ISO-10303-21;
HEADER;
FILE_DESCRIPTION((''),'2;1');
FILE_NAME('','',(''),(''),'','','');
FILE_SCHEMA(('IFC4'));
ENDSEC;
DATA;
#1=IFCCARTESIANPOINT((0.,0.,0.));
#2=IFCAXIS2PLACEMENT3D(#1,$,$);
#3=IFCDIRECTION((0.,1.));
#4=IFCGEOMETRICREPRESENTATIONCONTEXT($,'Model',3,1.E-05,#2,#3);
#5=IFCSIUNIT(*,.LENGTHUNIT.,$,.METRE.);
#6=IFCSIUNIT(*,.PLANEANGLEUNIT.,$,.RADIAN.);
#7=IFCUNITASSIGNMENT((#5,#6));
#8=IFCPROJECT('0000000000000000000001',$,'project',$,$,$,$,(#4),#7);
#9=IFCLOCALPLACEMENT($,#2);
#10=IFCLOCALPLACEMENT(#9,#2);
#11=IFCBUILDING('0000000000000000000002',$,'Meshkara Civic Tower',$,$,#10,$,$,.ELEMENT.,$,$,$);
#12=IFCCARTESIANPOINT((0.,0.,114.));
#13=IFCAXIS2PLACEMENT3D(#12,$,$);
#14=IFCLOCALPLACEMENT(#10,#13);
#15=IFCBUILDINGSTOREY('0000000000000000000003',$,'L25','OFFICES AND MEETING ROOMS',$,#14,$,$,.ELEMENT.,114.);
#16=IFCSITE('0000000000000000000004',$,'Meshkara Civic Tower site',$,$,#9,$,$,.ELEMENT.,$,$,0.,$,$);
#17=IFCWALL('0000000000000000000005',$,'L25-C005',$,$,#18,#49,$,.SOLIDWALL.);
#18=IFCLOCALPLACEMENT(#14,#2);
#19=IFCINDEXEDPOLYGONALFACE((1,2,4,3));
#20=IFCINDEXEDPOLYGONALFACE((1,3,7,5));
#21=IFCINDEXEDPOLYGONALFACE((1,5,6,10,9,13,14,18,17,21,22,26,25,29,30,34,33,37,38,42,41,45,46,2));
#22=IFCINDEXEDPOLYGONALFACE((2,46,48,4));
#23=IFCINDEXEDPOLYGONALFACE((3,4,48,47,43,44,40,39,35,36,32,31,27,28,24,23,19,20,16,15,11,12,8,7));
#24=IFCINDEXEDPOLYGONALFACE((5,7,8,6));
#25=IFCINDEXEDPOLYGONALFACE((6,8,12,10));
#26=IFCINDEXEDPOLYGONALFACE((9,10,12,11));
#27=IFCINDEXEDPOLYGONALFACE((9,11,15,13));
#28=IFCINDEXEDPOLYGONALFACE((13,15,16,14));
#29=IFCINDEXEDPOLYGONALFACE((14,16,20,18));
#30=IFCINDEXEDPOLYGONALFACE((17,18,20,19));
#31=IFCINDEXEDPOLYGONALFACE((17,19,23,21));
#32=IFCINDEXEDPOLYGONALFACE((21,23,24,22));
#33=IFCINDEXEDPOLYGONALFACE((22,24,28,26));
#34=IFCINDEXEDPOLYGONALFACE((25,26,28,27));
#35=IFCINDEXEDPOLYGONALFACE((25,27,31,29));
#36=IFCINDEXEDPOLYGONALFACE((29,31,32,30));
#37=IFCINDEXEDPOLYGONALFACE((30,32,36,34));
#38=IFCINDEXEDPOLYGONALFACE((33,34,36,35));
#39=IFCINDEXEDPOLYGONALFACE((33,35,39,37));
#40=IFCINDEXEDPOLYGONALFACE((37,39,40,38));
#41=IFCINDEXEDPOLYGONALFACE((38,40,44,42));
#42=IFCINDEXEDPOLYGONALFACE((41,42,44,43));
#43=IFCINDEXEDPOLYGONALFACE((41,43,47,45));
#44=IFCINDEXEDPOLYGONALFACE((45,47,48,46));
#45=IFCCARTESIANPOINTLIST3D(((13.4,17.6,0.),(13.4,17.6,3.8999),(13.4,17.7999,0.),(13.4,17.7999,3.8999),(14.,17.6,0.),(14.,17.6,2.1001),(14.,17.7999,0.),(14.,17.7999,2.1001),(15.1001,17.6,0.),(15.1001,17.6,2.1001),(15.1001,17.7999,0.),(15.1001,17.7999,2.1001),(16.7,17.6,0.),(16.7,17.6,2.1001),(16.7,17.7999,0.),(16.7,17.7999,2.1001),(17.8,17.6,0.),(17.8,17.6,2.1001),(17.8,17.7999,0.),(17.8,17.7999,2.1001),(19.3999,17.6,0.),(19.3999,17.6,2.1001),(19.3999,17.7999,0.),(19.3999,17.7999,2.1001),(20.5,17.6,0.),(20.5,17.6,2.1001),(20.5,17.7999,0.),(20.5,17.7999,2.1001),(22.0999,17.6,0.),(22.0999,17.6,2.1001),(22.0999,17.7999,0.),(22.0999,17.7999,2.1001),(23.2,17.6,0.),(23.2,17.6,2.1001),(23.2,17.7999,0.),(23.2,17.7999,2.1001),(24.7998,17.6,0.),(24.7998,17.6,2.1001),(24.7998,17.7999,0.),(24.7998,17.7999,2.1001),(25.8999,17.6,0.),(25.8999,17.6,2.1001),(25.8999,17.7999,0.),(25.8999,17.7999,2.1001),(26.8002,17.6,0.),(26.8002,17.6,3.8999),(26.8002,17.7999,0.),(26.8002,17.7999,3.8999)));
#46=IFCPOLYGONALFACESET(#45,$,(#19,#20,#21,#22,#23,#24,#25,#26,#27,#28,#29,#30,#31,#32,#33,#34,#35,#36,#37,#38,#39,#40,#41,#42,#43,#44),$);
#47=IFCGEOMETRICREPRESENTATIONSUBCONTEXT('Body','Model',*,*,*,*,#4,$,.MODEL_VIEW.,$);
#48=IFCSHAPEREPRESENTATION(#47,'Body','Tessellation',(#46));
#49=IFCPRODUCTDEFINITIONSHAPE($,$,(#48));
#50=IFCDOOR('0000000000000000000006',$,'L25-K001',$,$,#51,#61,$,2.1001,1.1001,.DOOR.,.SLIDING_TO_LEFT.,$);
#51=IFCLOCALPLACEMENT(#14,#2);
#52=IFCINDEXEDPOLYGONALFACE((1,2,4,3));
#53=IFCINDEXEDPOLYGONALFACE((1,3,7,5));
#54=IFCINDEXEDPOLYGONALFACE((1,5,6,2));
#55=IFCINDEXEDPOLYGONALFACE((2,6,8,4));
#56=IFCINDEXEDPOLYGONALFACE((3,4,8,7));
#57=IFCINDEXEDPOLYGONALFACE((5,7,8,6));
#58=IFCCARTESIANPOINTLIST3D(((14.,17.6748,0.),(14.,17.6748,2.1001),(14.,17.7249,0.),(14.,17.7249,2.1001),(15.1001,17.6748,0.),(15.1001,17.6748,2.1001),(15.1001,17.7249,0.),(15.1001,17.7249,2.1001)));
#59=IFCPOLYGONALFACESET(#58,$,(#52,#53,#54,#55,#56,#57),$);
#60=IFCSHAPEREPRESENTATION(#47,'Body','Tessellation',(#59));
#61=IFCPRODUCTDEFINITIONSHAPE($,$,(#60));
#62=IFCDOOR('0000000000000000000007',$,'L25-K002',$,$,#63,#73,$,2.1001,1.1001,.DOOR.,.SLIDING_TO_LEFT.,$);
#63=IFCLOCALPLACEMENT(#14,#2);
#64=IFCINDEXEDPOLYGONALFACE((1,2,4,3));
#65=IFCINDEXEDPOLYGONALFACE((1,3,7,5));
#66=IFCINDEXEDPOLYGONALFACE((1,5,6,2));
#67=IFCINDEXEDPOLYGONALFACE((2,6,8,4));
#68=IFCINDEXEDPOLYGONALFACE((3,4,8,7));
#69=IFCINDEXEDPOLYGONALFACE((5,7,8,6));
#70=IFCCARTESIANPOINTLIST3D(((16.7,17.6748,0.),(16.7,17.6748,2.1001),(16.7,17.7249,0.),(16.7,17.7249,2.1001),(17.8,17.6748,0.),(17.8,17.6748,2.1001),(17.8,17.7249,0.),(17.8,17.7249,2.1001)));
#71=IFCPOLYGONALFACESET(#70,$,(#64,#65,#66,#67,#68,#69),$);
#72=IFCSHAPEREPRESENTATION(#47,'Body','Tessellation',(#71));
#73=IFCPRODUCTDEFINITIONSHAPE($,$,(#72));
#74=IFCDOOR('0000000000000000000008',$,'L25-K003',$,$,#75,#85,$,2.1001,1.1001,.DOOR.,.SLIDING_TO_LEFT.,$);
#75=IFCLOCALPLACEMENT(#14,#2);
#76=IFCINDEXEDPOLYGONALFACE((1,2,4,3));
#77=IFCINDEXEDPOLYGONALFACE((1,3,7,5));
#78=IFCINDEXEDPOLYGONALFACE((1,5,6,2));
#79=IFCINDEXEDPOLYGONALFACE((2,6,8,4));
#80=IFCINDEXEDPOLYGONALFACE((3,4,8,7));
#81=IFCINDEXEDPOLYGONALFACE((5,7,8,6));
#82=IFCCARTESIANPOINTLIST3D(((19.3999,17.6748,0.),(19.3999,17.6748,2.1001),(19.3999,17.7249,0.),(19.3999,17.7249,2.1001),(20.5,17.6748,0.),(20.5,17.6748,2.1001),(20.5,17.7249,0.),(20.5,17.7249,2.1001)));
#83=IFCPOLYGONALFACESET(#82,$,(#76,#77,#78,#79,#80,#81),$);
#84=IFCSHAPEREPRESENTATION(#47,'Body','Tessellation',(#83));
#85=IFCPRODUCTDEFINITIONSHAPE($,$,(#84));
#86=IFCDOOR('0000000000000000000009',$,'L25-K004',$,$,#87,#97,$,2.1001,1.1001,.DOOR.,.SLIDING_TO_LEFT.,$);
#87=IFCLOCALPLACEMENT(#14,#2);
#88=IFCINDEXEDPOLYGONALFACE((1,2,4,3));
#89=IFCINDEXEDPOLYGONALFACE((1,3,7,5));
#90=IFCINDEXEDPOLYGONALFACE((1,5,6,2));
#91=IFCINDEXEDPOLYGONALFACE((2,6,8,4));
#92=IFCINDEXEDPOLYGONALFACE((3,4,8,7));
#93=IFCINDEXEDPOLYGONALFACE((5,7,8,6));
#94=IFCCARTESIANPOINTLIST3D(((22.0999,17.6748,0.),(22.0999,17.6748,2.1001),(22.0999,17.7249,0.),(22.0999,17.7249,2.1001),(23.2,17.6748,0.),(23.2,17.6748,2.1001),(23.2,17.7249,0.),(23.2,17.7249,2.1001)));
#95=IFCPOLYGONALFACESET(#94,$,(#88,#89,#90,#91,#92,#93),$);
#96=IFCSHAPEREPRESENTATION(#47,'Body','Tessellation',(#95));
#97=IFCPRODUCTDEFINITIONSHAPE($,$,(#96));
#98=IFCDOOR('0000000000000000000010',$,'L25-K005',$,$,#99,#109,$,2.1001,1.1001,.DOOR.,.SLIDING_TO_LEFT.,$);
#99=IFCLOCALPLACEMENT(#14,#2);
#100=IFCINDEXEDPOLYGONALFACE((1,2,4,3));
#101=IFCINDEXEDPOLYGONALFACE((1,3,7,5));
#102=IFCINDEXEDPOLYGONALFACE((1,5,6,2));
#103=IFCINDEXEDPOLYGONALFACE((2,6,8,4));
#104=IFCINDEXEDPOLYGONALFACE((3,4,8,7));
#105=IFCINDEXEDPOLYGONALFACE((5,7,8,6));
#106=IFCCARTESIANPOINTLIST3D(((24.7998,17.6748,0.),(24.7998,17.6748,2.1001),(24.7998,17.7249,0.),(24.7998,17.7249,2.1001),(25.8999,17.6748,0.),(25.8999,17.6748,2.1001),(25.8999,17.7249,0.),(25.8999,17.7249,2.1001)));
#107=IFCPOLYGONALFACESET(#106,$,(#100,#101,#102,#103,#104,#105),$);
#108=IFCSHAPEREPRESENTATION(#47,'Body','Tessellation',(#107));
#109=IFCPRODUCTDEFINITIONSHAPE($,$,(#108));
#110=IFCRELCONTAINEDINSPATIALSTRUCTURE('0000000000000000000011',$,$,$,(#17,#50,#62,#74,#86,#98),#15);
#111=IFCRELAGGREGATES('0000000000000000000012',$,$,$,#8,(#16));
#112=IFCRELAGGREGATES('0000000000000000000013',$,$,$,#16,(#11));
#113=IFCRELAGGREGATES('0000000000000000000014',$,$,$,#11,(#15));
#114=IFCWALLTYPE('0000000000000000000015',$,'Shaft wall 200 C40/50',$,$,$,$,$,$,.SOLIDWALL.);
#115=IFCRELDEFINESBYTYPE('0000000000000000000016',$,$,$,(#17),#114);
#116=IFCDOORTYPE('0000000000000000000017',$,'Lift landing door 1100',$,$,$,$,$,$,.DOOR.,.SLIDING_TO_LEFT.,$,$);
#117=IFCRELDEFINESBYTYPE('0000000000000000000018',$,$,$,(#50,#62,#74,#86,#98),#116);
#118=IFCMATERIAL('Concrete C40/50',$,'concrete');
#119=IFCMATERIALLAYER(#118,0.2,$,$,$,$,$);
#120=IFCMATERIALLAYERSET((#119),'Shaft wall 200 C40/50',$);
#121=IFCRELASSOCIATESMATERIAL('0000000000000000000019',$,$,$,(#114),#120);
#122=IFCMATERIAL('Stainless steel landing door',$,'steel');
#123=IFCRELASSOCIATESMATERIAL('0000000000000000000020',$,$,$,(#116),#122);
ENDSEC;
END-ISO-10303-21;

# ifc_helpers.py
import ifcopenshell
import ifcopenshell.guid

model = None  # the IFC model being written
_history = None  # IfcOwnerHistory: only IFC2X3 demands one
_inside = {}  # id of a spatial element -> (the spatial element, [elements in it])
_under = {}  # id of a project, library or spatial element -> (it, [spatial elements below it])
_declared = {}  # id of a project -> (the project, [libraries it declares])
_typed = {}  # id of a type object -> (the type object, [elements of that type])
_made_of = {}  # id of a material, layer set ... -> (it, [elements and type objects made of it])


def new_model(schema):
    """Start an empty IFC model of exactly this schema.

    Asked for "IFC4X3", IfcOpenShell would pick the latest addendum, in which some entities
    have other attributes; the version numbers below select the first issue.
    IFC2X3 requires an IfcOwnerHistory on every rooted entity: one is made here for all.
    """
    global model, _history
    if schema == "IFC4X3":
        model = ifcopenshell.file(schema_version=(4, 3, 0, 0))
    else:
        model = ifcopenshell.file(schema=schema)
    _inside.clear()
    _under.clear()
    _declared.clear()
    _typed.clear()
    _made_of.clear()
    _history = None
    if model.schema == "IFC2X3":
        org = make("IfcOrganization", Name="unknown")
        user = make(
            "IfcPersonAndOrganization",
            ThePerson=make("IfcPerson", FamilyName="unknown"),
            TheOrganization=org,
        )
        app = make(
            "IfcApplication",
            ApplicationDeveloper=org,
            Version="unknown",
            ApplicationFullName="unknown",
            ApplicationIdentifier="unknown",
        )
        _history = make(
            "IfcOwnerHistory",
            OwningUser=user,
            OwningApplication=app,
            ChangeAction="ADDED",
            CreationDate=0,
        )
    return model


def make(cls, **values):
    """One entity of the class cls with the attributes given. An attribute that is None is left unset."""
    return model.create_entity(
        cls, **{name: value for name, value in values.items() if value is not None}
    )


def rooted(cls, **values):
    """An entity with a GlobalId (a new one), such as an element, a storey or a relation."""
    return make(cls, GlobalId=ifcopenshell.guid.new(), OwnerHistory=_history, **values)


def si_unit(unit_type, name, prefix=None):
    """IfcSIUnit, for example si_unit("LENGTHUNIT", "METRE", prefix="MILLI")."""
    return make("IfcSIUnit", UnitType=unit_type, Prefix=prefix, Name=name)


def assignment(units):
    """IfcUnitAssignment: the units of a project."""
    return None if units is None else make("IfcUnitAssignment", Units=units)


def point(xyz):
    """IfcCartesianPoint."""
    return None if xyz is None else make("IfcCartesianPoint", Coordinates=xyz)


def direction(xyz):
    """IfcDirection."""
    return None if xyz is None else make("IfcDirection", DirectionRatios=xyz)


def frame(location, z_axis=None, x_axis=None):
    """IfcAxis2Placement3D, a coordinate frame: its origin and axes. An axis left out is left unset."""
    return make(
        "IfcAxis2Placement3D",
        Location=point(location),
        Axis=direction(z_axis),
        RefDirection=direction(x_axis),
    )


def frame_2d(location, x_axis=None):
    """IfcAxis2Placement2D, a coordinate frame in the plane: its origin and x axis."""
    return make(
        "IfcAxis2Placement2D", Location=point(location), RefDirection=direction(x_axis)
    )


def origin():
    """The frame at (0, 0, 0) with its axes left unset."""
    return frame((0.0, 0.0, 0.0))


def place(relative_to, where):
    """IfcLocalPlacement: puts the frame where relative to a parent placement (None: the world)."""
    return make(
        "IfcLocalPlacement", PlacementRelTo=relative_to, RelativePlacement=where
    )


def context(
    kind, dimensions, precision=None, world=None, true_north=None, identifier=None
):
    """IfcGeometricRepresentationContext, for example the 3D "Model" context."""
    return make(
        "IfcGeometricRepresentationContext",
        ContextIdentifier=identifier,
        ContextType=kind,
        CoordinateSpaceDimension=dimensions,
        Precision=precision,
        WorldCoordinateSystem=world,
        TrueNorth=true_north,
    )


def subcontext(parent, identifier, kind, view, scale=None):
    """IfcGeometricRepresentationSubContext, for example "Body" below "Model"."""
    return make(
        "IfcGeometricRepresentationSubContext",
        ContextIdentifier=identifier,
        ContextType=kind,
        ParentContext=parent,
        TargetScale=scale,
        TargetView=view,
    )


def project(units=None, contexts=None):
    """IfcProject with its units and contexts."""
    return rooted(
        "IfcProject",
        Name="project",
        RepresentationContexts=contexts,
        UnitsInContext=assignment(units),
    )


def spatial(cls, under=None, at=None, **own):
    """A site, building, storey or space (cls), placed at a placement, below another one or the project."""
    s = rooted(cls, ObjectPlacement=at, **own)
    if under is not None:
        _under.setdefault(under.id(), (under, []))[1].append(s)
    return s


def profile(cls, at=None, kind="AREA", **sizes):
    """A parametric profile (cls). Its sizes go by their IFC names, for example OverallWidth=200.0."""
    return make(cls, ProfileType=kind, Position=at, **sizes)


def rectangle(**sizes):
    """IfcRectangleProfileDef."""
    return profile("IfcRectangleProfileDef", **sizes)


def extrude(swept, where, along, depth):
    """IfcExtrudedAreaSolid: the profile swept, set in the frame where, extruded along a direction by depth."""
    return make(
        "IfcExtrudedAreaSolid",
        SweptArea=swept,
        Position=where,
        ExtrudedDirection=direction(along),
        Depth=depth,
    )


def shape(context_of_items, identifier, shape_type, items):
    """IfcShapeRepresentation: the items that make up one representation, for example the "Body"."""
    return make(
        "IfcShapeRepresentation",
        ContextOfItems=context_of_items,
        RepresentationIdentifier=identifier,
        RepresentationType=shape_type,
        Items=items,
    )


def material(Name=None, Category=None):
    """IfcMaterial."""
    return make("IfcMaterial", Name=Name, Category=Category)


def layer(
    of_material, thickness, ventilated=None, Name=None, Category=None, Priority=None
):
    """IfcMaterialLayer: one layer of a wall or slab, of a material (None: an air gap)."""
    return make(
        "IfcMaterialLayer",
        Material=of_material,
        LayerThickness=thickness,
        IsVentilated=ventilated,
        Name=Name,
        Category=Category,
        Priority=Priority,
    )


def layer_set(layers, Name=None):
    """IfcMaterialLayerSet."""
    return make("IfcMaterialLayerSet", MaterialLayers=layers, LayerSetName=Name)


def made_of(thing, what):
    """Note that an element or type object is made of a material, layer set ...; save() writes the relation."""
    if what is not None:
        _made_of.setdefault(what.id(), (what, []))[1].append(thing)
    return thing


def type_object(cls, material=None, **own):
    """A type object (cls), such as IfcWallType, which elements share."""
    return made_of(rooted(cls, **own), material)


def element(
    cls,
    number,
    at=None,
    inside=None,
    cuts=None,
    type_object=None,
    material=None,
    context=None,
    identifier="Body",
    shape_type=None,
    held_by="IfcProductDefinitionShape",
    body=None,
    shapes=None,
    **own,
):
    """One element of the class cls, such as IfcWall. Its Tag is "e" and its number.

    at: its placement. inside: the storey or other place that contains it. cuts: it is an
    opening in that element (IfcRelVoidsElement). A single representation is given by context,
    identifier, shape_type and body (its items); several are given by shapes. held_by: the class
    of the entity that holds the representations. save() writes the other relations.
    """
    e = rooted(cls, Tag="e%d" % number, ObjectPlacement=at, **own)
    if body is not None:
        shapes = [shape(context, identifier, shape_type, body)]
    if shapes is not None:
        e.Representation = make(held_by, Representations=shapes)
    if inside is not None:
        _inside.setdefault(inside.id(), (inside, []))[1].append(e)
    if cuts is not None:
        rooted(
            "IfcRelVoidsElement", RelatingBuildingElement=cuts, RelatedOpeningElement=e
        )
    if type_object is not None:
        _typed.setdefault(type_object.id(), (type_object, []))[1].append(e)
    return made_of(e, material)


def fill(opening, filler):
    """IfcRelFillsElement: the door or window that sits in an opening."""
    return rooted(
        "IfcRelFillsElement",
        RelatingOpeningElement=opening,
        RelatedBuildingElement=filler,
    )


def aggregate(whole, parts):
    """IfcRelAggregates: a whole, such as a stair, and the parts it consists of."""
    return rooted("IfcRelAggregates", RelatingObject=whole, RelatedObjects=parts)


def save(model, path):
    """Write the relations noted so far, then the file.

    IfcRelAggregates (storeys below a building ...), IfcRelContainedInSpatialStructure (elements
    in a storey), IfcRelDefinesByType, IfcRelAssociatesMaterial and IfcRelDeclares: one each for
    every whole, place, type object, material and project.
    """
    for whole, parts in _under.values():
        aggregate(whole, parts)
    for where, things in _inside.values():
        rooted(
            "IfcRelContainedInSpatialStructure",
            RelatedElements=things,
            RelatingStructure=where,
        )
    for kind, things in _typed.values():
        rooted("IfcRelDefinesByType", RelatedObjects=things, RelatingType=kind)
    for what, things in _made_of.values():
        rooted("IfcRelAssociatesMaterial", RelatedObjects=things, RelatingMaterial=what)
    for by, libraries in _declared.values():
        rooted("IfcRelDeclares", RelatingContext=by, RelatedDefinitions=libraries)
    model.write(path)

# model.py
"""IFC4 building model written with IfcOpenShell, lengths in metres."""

from ifc_helpers import new_model, si_unit, direction, frame, frame_2d, origin, place, context, subcontext, project, spatial, rectangle, extrude, material, layer, layer_set, type_object, element, fill, save


model = new_model("IFC4")

# Units and contexts
model_context = context("Model", 3, precision=1e-05, world=origin(), true_north=direction((0.0, 1.0)))
body_context = subcontext(model_context, "Body", "Model", "MODEL_VIEW")
ifc_project = project(units=[si_unit("LENGTHUNIT", "METRE"), si_unit("PLANEANGLEUNIT", "RADIAN")], contexts=[model_context])

# Site, building, storey
site_placement = place(None, origin())
site = spatial("IfcSite", under=ifc_project, at=site_placement, Name="Meshkara Civic Tower site", CompositionType="ELEMENT", RefElevation=0.0)
building_placement = place(site_placement, origin())
building = spatial("IfcBuilding", under=site, at=building_placement, Name="Meshkara Civic Tower", CompositionType="ELEMENT")
storey_placement = place(building_placement, frame((0.0, 0.0, 114.0)))
storey = spatial("IfcBuildingStorey", under=building, at=storey_placement, Name="L25", Description="OFFICES AND MEETING ROOMS", CompositionType="ELEMENT", Elevation=114.0)

# Wall, openings, doors
ifc_material_1 = material(Name="Concrete C40/50", Category="concrete")
ifc_layer_1 = layer(ifc_material_1, 0.2)
ifc_layer_set_1 = layer_set([ifc_layer_1], Name="Shaft wall 200 C40/50")
wall_type_1 = type_object("IfcWallType", Name="Shaft wall 200 C40/50", PredefinedType="SOLIDWALL", material=ifc_layer_set_1)
wall_1_placement = place(storey_placement, frame((13.3999, 17.7, 0.0), z_axis=(0.0, 0.0, 1.0), x_axis=(1.0, 0.0, 0.0)))
wall_1 = element("IfcWall", 1, at=wall_1_placement, inside=storey, type_object=wall_type_1, Name="L25-C005", PredefinedType="SOLIDWALL", context=body_context, shape_type="SweptSolid", body=[
    extrude(rectangle(XDim=13.4001, YDim=0.2, at=frame_2d((6.7002, 0.0))), origin(), (0.0, 0.0, 1.0), 3.8999),
])
opening_1_placement = place(wall_1_placement, frame((0.6001, 0.0, 0.0)))
opening_1 = element("IfcOpeningElement", 2, at=opening_1_placement, cuts=wall_1, PredefinedType="OPENING", context=body_context, shape_type="SweptSolid", body=[
    extrude(rectangle(XDim=1.1001, YDim=2.1001, at=frame_2d((0.55, 1.05))), frame((0.0, 0.1099, 0.0), z_axis=(0.0, -1.0, 0.0), x_axis=(1.0, 0.0, 0.0)), (0.0, 0.0, 1.0), 0.22),
])
opening_2_placement = place(wall_1_placement, frame((3.3, 0.0, 0.0)))
opening_2 = element("IfcOpeningElement", 3, at=opening_2_placement, cuts=wall_1, PredefinedType="OPENING", context=body_context, shape_type="SweptSolid", body=[
    extrude(rectangle(XDim=1.1001, YDim=2.1001, at=frame_2d((0.55, 1.05))), frame((0.0, 0.1099, 0.0), z_axis=(0.0, -1.0, 0.0), x_axis=(1.0, 0.0, 0.0)), (0.0, 0.0, 1.0), 0.22),
])
opening_3_placement = place(wall_1_placement, frame((6.0, 0.0, 0.0)))
opening_3 = element("IfcOpeningElement", 4, at=opening_3_placement, cuts=wall_1, PredefinedType="OPENING", context=body_context, shape_type="SweptSolid", body=[
    extrude(rectangle(XDim=1.1001, YDim=2.1001, at=frame_2d((0.55, 1.05))), frame((0.0, 0.1099, 0.0), z_axis=(0.0, -1.0, 0.0), x_axis=(1.0, 0.0, 0.0)), (0.0, 0.0, 1.0), 0.22),
])
opening_4_placement = place(wall_1_placement, frame((8.7, 0.0, 0.0)))
opening_4 = element("IfcOpeningElement", 5, at=opening_4_placement, cuts=wall_1, PredefinedType="OPENING", context=body_context, shape_type="SweptSolid", body=[
    extrude(rectangle(XDim=1.1001, YDim=2.1001, at=frame_2d((0.55, 1.05))), frame((0.0, 0.1099, 0.0), z_axis=(0.0, -1.0, 0.0), x_axis=(1.0, 0.0, 0.0)), (0.0, 0.0, 1.0), 0.22),
])
opening_5_placement = place(wall_1_placement, frame((11.3999, 0.0, 0.0)))
opening_5 = element("IfcOpeningElement", 6, at=opening_5_placement, cuts=wall_1, PredefinedType="OPENING", context=body_context, shape_type="SweptSolid", body=[
    extrude(rectangle(XDim=1.1001, YDim=2.1001, at=frame_2d((0.55, 1.05))), frame((0.0, 0.1099, 0.0), z_axis=(0.0, -1.0, 0.0), x_axis=(1.0, 0.0, 0.0)), (0.0, 0.0, 1.0), 0.22),
])
ifc_material_2 = material(Name="Stainless steel landing door", Category="steel")
door_type_1 = type_object("IfcDoorType", Name="Lift landing door 1100", OperationType="SLIDING_TO_LEFT", PredefinedType="DOOR", material=ifc_material_2)
door_1_placement = place(opening_1_placement, origin())
door_1 = element("IfcDoor", 7, at=door_1_placement, inside=storey, type_object=door_type_1, Name="L25-K001", OperationType="SLIDING_TO_LEFT", OverallHeight=2.1001, OverallWidth=1.1001, PredefinedType="DOOR", context=body_context, shape_type="SweptSolid", body=[
    extrude(rectangle(XDim=1.1001, YDim=2.1001, at=frame_2d((0.55, 1.05))), frame((0.0, 0.0249, 0.0), z_axis=(0.0, -1.0, 0.0), x_axis=(1.0, 0.0, 0.0)), (0.0, 0.0, 1.0), 0.05),
])
fill(opening_1, door_1)
door_2_placement = place(opening_2_placement, origin())
door_2 = element("IfcDoor", 8, at=door_2_placement, inside=storey, type_object=door_type_1, Name="L25-K002", OperationType="SLIDING_TO_LEFT", OverallHeight=2.1001, OverallWidth=1.1001, PredefinedType="DOOR", context=body_context, shape_type="SweptSolid", body=[
    extrude(rectangle(XDim=1.1001, YDim=2.1001, at=frame_2d((0.55, 1.05))), frame((0.0, 0.0249, 0.0), z_axis=(0.0, -1.0, 0.0), x_axis=(1.0, 0.0, 0.0)), (0.0, 0.0, 1.0), 0.05),
])
fill(opening_2, door_2)
door_3_placement = place(opening_3_placement, origin())
door_3 = element("IfcDoor", 9, at=door_3_placement, inside=storey, type_object=door_type_1, Name="L25-K003", OperationType="SLIDING_TO_LEFT", OverallHeight=2.1001, OverallWidth=1.1001, PredefinedType="DOOR", context=body_context, shape_type="SweptSolid", body=[
    extrude(rectangle(XDim=1.1001, YDim=2.1001, at=frame_2d((0.55, 1.05))), frame((0.0, 0.0249, 0.0), z_axis=(0.0, -1.0, 0.0), x_axis=(1.0, 0.0, 0.0)), (0.0, 0.0, 1.0), 0.05),
])
fill(opening_3, door_3)
door_4_placement = place(opening_4_placement, origin())
door_4 = element("IfcDoor", 10, at=door_4_placement, inside=storey, type_object=door_type_1, Name="L25-K004", OperationType="SLIDING_TO_LEFT", OverallHeight=2.1001, OverallWidth=1.1001, PredefinedType="DOOR", context=body_context, shape_type="SweptSolid", body=[
    extrude(rectangle(XDim=1.1001, YDim=2.1001, at=frame_2d((0.55, 1.05))), frame((0.0, 0.0249, 0.0), z_axis=(0.0, -1.0, 0.0), x_axis=(1.0, 0.0, 0.0)), (0.0, 0.0, 1.0), 0.05),
])
fill(opening_4, door_4)
door_5_placement = place(opening_5_placement, origin())
door_5 = element("IfcDoor", 11, at=door_5_placement, inside=storey, type_object=door_type_1, Name="L25-K005", OperationType="SLIDING_TO_LEFT", OverallHeight=2.1001, OverallWidth=1.1001, PredefinedType="DOOR", context=body_context, shape_type="SweptSolid", body=[
    extrude(rectangle(XDim=1.1001, YDim=2.1001, at=frame_2d((0.55, 1.05))), frame((0.0, 0.0249, 0.0), z_axis=(0.0, -1.0, 0.0), x_axis=(1.0, 0.0, 0.0)), (0.0, 0.0, 1.0), 0.05),
])
fill(opening_5, door_5)

save(model, "model.ifc")
